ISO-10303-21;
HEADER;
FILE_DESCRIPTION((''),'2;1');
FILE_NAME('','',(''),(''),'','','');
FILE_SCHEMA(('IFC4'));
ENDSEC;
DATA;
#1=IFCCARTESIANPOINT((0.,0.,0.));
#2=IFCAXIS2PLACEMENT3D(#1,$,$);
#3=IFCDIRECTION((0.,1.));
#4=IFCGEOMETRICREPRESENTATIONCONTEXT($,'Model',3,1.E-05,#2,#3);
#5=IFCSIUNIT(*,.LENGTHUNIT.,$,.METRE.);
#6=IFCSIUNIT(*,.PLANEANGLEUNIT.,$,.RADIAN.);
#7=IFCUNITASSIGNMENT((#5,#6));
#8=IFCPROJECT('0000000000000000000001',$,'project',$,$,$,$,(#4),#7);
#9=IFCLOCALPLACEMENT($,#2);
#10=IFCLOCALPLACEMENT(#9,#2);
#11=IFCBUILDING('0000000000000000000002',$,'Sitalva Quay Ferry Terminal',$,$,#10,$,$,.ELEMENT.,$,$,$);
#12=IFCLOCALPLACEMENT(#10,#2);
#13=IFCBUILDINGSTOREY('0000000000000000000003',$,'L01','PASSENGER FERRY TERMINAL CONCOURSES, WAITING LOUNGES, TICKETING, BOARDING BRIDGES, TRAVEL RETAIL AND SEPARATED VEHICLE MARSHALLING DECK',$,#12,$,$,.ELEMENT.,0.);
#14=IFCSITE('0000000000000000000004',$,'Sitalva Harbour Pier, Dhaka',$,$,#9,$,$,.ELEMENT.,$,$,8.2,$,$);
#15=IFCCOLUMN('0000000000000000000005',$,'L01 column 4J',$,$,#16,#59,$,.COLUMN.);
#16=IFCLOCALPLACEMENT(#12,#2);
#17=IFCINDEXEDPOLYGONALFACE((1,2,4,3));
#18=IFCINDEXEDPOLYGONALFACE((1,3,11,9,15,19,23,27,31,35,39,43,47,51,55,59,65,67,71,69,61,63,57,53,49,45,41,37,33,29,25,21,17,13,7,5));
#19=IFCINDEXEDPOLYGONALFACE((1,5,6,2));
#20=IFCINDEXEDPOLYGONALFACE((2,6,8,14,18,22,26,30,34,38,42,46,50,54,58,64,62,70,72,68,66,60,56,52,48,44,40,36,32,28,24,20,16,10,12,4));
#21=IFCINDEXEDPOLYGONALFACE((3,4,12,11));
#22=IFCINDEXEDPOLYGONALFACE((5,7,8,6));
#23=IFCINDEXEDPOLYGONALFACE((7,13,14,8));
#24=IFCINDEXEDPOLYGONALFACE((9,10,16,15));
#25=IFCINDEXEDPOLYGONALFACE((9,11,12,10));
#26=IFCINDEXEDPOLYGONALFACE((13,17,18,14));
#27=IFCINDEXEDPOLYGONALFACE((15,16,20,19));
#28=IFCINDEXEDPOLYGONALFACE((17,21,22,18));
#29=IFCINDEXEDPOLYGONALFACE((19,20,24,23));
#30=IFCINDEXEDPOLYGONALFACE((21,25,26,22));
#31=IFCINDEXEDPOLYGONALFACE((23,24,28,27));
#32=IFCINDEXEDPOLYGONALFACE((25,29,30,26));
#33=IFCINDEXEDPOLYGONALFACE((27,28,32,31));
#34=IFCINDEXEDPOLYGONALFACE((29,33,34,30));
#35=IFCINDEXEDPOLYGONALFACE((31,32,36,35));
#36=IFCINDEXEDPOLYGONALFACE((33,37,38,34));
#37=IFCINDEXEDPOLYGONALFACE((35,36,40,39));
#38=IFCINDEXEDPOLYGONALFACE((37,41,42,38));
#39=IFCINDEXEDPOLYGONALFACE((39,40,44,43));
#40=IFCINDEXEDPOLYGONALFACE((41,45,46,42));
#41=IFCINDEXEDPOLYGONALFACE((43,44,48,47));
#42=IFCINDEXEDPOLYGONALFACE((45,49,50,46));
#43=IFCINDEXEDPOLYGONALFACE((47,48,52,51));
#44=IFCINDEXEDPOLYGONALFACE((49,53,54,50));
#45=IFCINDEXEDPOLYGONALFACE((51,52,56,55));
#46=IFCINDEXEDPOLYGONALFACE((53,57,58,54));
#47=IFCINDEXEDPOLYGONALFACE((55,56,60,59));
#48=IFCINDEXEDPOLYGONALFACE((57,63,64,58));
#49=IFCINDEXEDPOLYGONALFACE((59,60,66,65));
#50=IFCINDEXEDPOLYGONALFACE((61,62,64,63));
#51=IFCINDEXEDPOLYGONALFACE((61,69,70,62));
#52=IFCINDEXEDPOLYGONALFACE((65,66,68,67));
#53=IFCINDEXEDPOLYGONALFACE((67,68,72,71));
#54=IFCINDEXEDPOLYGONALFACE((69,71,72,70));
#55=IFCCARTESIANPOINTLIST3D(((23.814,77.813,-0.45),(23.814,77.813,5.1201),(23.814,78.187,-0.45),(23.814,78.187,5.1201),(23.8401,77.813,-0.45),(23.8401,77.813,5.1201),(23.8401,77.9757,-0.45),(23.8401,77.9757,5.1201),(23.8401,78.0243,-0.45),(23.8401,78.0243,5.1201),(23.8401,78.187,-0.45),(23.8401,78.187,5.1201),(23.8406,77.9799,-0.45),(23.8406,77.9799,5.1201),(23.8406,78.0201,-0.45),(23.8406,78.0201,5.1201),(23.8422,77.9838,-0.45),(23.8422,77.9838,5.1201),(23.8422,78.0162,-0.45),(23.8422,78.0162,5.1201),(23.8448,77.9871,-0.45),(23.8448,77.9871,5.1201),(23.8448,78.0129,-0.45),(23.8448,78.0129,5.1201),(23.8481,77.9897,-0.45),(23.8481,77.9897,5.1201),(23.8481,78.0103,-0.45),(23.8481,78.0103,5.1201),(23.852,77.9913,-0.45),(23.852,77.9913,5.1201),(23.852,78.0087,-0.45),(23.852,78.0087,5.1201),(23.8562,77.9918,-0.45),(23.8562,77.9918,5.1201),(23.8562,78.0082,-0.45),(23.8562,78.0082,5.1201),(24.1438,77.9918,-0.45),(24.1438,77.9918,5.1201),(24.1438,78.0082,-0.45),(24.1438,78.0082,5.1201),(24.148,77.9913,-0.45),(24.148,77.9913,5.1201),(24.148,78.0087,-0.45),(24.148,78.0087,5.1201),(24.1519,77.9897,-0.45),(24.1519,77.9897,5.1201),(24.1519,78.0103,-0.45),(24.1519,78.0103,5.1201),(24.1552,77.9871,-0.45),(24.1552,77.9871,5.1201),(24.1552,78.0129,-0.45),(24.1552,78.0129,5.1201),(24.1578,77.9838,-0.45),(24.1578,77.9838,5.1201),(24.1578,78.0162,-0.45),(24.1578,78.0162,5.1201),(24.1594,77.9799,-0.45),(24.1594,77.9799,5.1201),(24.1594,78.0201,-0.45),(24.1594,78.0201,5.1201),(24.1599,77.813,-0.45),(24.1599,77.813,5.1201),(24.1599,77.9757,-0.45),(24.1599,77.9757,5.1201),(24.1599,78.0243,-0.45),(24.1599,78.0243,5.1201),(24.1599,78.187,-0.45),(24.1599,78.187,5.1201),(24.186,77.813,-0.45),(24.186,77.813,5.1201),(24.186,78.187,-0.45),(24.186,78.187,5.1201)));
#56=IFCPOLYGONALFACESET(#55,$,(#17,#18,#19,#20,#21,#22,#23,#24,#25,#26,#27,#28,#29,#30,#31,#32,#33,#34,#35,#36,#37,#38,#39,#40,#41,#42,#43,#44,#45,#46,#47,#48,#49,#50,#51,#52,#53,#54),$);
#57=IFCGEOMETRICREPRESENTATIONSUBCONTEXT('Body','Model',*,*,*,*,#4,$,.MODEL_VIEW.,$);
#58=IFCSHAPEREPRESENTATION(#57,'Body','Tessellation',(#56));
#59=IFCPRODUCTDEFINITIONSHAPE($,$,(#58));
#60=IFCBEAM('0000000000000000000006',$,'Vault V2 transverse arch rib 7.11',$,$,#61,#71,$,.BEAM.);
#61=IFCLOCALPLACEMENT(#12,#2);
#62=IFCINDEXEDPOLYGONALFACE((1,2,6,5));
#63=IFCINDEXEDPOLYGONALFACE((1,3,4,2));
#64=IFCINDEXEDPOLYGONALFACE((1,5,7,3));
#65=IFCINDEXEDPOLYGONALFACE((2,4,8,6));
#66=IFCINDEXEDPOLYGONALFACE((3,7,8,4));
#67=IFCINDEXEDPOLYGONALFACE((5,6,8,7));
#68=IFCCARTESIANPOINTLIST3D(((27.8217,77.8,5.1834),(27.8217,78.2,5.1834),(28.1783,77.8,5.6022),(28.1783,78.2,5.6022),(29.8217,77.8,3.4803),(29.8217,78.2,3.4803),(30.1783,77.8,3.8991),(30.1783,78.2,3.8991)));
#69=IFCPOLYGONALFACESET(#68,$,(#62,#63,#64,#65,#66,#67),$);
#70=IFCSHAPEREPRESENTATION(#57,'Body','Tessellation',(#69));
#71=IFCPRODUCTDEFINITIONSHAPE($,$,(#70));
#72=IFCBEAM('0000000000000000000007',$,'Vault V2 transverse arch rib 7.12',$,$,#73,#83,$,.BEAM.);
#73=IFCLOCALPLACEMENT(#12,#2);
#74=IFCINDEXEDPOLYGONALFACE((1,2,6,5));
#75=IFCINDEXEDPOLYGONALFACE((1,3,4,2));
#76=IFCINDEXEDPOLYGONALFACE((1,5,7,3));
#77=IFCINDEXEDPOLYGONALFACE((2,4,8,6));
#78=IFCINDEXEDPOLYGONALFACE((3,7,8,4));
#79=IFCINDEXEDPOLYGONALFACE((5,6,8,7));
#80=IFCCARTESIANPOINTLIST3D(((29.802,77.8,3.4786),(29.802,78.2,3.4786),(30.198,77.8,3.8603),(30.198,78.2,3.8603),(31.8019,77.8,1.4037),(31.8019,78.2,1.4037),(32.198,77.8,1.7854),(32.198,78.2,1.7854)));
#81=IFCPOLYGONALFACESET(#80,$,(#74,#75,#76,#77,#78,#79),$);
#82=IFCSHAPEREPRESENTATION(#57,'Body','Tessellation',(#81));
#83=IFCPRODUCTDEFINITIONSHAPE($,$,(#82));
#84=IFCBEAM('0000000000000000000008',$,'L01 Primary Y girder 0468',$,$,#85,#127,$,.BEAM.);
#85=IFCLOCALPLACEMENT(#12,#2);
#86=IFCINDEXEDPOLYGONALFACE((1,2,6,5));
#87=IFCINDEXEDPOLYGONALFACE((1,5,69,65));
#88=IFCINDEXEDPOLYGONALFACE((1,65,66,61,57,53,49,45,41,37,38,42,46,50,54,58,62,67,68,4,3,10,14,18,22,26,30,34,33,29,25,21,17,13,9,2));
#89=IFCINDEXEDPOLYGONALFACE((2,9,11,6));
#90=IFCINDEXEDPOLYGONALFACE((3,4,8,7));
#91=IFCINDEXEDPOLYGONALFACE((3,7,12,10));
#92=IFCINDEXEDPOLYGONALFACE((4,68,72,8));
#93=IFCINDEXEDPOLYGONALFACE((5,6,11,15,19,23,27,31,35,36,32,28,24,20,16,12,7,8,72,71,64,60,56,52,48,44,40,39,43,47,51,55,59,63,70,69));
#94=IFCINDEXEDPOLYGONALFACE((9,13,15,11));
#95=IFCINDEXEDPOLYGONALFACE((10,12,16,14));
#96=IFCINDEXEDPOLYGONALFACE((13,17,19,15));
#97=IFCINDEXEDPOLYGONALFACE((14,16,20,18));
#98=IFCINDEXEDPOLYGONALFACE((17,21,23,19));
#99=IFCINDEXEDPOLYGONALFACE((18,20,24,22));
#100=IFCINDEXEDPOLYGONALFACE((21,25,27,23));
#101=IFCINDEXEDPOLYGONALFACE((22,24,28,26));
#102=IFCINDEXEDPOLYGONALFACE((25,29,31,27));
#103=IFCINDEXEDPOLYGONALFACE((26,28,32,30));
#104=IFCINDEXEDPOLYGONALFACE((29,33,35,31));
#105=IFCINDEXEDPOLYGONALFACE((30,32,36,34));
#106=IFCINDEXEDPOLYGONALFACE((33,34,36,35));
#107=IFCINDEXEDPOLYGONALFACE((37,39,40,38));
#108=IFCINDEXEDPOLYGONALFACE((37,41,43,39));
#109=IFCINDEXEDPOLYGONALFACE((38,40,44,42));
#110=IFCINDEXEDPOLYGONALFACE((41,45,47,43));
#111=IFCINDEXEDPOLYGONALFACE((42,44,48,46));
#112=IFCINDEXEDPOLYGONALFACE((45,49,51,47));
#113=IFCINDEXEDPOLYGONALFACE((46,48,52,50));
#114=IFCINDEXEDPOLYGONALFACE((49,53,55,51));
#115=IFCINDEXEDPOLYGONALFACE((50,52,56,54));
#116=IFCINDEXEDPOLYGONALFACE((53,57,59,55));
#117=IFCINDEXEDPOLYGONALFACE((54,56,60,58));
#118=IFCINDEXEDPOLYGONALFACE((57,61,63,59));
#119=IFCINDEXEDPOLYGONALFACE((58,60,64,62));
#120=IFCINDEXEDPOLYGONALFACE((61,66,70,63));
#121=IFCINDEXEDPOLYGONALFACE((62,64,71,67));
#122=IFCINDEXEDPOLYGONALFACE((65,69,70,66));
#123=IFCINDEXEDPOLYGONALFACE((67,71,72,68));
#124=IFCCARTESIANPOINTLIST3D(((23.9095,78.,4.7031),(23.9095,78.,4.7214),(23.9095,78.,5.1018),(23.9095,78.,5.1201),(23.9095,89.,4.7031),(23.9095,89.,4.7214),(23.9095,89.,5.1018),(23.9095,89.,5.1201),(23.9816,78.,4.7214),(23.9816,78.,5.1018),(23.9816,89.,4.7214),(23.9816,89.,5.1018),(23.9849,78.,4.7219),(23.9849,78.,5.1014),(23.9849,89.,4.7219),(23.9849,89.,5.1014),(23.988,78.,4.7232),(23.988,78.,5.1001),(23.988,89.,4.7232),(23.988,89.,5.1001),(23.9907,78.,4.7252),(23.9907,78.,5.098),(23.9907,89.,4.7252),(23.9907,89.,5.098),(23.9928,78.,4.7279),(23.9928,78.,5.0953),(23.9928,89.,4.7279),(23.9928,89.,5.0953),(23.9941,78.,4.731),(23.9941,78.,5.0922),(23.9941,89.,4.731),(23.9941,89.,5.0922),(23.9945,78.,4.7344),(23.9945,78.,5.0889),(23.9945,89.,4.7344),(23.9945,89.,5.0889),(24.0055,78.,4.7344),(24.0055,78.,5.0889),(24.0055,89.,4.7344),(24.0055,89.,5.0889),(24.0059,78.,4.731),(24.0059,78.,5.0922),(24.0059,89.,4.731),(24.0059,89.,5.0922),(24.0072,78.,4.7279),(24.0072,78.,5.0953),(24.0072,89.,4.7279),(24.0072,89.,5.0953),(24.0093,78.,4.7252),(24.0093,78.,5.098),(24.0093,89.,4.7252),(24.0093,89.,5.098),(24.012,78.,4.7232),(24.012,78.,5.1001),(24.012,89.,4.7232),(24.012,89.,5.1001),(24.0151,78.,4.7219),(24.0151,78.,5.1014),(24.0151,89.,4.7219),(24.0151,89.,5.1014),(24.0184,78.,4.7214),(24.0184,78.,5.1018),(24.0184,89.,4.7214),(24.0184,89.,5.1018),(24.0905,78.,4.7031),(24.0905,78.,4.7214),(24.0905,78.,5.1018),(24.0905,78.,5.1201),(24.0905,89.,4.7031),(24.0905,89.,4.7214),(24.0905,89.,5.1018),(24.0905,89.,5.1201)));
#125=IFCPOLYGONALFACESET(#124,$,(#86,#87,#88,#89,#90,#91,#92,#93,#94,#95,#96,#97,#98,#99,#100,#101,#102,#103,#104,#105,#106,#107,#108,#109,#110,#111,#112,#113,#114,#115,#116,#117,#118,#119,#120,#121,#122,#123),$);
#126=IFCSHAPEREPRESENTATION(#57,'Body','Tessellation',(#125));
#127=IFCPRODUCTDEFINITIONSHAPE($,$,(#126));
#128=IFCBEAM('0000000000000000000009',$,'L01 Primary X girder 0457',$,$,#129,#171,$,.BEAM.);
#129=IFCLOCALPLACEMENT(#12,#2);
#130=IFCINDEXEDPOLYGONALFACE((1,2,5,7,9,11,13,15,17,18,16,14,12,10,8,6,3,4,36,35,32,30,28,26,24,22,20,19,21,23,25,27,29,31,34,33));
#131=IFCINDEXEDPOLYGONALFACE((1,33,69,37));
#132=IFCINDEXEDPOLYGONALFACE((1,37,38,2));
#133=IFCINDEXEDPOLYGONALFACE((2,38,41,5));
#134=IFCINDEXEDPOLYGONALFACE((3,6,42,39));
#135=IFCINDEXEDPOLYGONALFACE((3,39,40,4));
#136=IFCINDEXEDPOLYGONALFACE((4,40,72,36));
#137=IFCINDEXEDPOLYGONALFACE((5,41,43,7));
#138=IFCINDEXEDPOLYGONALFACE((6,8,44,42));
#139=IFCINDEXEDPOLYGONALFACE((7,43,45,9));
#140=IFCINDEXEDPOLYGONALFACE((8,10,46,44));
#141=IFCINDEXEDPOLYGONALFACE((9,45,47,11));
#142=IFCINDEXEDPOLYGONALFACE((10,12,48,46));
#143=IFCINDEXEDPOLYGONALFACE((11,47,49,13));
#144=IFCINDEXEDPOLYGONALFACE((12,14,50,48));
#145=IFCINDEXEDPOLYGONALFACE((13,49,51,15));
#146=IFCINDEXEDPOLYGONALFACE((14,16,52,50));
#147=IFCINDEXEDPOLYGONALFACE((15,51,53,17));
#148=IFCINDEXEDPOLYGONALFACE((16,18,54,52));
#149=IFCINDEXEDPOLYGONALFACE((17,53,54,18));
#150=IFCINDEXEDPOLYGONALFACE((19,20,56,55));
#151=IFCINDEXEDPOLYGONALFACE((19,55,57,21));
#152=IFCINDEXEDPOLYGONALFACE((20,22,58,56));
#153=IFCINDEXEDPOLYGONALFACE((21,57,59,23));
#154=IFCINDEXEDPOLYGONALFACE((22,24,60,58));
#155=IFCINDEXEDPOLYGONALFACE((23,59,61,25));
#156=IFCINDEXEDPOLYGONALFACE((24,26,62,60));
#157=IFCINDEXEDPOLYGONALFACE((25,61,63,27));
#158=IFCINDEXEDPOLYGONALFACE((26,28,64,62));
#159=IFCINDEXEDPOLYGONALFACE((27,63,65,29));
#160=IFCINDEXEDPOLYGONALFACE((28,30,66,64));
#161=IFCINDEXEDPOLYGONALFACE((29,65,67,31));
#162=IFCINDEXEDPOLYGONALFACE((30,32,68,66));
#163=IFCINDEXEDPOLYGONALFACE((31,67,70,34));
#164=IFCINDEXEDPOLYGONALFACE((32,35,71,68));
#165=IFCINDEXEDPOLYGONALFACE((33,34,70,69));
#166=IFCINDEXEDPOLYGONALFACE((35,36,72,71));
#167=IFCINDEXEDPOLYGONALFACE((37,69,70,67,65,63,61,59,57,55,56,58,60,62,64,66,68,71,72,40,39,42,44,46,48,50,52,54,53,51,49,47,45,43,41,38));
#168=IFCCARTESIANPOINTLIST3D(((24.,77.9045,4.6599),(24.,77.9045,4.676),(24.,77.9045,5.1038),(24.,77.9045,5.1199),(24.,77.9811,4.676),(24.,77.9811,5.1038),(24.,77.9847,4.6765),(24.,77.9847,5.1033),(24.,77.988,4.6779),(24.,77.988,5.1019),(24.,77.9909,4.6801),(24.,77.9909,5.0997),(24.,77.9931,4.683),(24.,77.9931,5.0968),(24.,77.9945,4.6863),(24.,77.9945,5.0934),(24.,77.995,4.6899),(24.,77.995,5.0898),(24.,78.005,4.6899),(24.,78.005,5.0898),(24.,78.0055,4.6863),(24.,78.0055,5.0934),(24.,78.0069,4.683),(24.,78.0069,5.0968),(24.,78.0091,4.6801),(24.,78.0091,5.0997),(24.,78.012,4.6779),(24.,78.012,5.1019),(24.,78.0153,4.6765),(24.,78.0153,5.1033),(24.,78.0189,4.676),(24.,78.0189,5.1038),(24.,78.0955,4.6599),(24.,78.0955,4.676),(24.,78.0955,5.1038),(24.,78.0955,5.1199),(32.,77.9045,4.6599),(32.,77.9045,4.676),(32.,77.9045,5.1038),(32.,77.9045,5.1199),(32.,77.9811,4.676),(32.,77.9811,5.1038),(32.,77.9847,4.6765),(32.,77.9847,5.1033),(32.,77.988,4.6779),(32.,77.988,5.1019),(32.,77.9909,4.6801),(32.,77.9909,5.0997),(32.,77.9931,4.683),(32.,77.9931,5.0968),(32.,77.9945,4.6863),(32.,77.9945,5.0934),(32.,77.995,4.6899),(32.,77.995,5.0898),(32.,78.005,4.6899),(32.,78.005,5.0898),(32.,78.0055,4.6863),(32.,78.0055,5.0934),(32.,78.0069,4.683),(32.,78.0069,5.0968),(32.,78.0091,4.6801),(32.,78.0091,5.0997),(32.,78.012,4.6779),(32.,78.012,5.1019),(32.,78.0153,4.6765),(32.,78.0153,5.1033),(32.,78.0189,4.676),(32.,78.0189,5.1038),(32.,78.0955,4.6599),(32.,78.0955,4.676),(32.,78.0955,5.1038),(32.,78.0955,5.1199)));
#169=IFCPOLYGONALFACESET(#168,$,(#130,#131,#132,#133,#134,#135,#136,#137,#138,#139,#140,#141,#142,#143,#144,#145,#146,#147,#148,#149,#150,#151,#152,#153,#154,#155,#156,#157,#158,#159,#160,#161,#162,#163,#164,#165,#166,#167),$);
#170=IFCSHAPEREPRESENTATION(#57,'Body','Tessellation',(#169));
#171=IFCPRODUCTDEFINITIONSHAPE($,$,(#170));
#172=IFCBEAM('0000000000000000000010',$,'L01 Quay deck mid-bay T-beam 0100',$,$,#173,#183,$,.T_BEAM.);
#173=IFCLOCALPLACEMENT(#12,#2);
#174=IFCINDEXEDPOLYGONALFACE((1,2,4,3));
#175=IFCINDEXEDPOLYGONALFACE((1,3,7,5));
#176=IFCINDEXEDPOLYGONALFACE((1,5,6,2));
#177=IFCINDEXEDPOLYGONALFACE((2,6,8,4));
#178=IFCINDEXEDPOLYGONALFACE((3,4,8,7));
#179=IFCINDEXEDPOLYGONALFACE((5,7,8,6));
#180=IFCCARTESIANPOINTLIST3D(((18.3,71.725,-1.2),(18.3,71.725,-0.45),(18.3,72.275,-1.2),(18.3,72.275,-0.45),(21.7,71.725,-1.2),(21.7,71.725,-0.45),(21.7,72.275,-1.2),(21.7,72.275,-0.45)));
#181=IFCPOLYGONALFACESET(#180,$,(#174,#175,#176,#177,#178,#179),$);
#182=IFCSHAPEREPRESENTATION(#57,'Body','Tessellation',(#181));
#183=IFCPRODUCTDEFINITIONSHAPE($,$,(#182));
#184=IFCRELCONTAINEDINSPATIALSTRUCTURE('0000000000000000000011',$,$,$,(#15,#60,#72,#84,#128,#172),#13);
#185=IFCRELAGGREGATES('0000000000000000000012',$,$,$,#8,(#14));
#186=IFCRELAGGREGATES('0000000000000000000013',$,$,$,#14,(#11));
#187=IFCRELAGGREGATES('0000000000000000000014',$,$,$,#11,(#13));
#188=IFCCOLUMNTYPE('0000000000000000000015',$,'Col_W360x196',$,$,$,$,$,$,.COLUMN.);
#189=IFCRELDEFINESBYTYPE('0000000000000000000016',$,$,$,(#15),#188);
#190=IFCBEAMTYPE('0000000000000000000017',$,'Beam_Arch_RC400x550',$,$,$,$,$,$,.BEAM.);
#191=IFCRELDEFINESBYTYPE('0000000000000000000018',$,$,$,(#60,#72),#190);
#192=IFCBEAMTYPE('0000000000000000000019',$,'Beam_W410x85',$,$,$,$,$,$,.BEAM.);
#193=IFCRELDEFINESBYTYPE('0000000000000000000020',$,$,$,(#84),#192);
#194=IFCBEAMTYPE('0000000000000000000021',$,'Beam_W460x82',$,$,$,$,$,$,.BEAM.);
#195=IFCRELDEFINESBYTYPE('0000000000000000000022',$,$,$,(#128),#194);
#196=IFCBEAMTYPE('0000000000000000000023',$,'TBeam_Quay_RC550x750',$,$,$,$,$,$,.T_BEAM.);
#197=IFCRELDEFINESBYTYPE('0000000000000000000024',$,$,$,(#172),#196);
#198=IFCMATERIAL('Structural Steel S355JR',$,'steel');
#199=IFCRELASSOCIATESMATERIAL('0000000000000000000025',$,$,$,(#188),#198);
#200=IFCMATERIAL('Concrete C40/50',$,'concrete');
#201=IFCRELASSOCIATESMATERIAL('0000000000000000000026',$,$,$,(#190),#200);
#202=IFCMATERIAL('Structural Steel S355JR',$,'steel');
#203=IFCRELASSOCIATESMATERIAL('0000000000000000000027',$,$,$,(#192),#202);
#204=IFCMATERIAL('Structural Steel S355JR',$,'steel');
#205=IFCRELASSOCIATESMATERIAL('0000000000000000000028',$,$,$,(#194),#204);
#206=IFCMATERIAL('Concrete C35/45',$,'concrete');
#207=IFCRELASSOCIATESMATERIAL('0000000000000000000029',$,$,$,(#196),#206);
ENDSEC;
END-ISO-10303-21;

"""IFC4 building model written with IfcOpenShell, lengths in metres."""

from ifc_helpers import new_model, si_unit, direction, frame, origin, origin_2d, place, context, subcontext, project, spatial, rectangle, i_section, extrude, material, material_profile, profile_set, type_object, element, save


model = new_model("IFC4")

# Units and contexts
model_context = context("Model", 3, precision=1e-05, world=origin(), true_north=direction((0.0, 1.0)))
body_context = subcontext(model_context, "Body", "Model", "MODEL_VIEW")
ifc_project = project(units=[si_unit("LENGTHUNIT", "METRE"), si_unit("PLANEANGLEUNIT", "RADIAN")], contexts=[model_context])

# Site, building, storey
site_placement = place(None, origin())
site = spatial("IfcSite", under=ifc_project, at=site_placement, Name="Sitalva Harbour Pier, Dhaka", CompositionType="ELEMENT", RefElevation=8.2)
building_placement = place(site_placement, origin())
building = spatial("IfcBuilding", under=site, at=building_placement, Name="Sitalva Quay Ferry Terminal", CompositionType="ELEMENT")
storey_placement = place(building_placement, origin())
storey = spatial("IfcBuildingStorey", under=building, at=storey_placement, Name="L01", Description="PASSENGER FERRY TERMINAL CONCOURSES, WAITING LOUNGES, TICKETING, BOARDING BRIDGES, TRAVEL RETAIL AND SEPARATED VEHICLE MARSHALLING DECK", CompositionType="ELEMENT", Elevation=0.0)

# Column
ifc_material_1 = material(Name="Structural Steel S355JR", Category="steel")
ifc_material_profile_1 = material_profile(ifc_material_1, i_section(OverallWidth=0.374, OverallDepth=0.3721, WebThickness=0.0164, FlangeThickness=0.0261, FilletRadius=0.0161, at=origin_2d()), Name="W360x196")
ifc_profile_set_1 = profile_set([ifc_material_profile_1], Name="Structural Steel S355JR")
column_type = type_object("IfcColumnType", Name="Col_W360x196", PredefinedType="COLUMN", material=ifc_profile_set_1)
column_placement = place(storey_placement, frame((24.0, 78.0, -0.45), z_axis=(0.0, 0.0, 1.0), x_axis=(0.0, 1.0, 0.0)))
element("IfcColumn", 1, at=column_placement, inside=storey, type_object=column_type, Name="L01 column 4J", PredefinedType="COLUMN", context=body_context, shape_type="SweptSolid", body=[
    extrude(i_section(OverallWidth=0.374, OverallDepth=0.3721, WebThickness=0.0164, FlangeThickness=0.0261, FilletRadius=0.0161, at=origin_2d()), origin(), (0.0, 0.0, 1.0), 5.5701),
])

# Beams
ifc_material_2 = material(Name="Concrete C40/50", Category="concrete")
ifc_material_profile_2 = material_profile(ifc_material_2, rectangle(XDim=0.3999, YDim=0.55, at=origin_2d()), Name="RC400x550")
ifc_profile_set_2 = profile_set([ifc_material_profile_2], Name="Concrete C40/50")
beam_type_1 = type_object("IfcBeamType", Name="Beam_Arch_RC400x550", PredefinedType="BEAM", material=ifc_profile_set_2)
beam_1_placement = place(storey_placement, frame((28.0, 78.0, 5.3928), z_axis=(0.761352, 0.0, -0.648339), x_axis=(0.0, 1.0, 0.0)))
element("IfcBeam", 2, at=beam_1_placement, inside=storey, type_object=beam_type_1, Name="Vault V2 transverse arch rib 7.11", PredefinedType="BEAM", context=body_context, shape_type="SweptSolid", body=[
    extrude(rectangle(XDim=0.3999, YDim=0.55, at=origin_2d()), origin(), (0.0, 0.0, 1.0), 2.627),
])
beam_2_placement = place(storey_placement, frame((30.0, 78.0, 3.6694), z_axis=(0.693983, 0.0, -0.719991), x_axis=(0.0, 1.0, 0.0)))
element("IfcBeam", 3, at=beam_2_placement, inside=storey, type_object=beam_type_1, Name="Vault V2 transverse arch rib 7.12", PredefinedType="BEAM", context=body_context, shape_type="SweptSolid", body=[
    extrude(rectangle(XDim=0.3999, YDim=0.55, at=origin_2d()), origin(), (0.0, 0.0, 1.0), 2.8818),
])
ifc_material_3 = material(Name="Structural Steel S355JR", Category="steel")
ifc_material_profile_3 = material_profile(ifc_material_3, i_section(OverallWidth=0.1809, OverallDepth=0.417, WebThickness=0.011, FlangeThickness=0.0183, FilletRadius=0.0129, at=origin_2d()), Name="W410x85")
ifc_profile_set_3 = profile_set([ifc_material_profile_3], Name="Structural Steel S355JR")
beam_type_2 = type_object("IfcBeamType", Name="Beam_W410x85", PredefinedType="BEAM", material=ifc_profile_set_3)
beam_3_placement = place(storey_placement, frame((24.0, 78.0, 4.9116), z_axis=(0.0, 1.0, 0.0), x_axis=(-1.0, 0.0, 0.0)))
element("IfcBeam", 4, at=beam_3_placement, inside=storey, type_object=beam_type_2, Name="L01 Primary Y girder 0468", PredefinedType="BEAM", context=body_context, shape_type="SweptSolid", body=[
    extrude(i_section(OverallWidth=0.1809, OverallDepth=0.417, WebThickness=0.011, FlangeThickness=0.0183, FilletRadius=0.0129, at=origin_2d()), origin(), (0.0, 0.0, 1.0), 11.0),
])
ifc_material_4 = material(Name="Structural Steel S355JR", Category="steel")
ifc_material_profile_4 = material_profile(ifc_material_4, i_section(OverallWidth=0.1909, OverallDepth=0.46, WebThickness=0.01, FlangeThickness=0.0161, FilletRadius=0.0139, at=origin_2d()), Name="W460x82")
ifc_profile_set_4 = profile_set([ifc_material_profile_4], Name="Structural Steel S355JR")
beam_type_3 = type_object("IfcBeamType", Name="Beam_W460x82", PredefinedType="BEAM", material=ifc_profile_set_4)
beam_4_placement = place(storey_placement, frame((24.0, 78.0, 4.8899), z_axis=(1.0, 0.0, 0.0), x_axis=(0.0, 1.0, 0.0)))
element("IfcBeam", 5, at=beam_4_placement, inside=storey, type_object=beam_type_3, Name="L01 Primary X girder 0457", PredefinedType="BEAM", context=body_context, shape_type="SweptSolid", body=[
    extrude(i_section(OverallWidth=0.1909, OverallDepth=0.46, WebThickness=0.01, FlangeThickness=0.0161, FilletRadius=0.0139, at=origin_2d()), origin(), (0.0, 0.0, 1.0), 8.0),
])
ifc_material_5 = material(Name="Concrete C35/45", Category="concrete")
ifc_material_profile_5 = material_profile(ifc_material_5, rectangle(XDim=0.55, YDim=0.75, at=origin_2d()), Name="RC550x750")
ifc_profile_set_5 = profile_set([ifc_material_profile_5], Name="Concrete C35/45")
beam_type_4 = type_object("IfcBeamType", Name="TBeam_Quay_RC550x750", PredefinedType="T_BEAM", material=ifc_profile_set_5)
for number, where, z_axis, x_axis, name in (
    (6, (18.3, 72.0, -0.825), (1.0, 0.0, 0.0), (0.0, 1.0, 0.0), "L01 Quay deck mid-bay T-beam 0100"),
):
    element("IfcBeam", number, at=place(storey_placement, frame(where, z_axis=z_axis, x_axis=x_axis)), inside=storey, type_object=beam_type_4, Name=name, PredefinedType="T_BEAM", context=body_context, shape_type="SweptSolid", body=[
        extrude(rectangle(XDim=0.55, YDim=0.75, at=origin_2d()), origin(), (0.0, 0.0, 1.0), 3.3999),
    ])

save(model, "model.ifc")
